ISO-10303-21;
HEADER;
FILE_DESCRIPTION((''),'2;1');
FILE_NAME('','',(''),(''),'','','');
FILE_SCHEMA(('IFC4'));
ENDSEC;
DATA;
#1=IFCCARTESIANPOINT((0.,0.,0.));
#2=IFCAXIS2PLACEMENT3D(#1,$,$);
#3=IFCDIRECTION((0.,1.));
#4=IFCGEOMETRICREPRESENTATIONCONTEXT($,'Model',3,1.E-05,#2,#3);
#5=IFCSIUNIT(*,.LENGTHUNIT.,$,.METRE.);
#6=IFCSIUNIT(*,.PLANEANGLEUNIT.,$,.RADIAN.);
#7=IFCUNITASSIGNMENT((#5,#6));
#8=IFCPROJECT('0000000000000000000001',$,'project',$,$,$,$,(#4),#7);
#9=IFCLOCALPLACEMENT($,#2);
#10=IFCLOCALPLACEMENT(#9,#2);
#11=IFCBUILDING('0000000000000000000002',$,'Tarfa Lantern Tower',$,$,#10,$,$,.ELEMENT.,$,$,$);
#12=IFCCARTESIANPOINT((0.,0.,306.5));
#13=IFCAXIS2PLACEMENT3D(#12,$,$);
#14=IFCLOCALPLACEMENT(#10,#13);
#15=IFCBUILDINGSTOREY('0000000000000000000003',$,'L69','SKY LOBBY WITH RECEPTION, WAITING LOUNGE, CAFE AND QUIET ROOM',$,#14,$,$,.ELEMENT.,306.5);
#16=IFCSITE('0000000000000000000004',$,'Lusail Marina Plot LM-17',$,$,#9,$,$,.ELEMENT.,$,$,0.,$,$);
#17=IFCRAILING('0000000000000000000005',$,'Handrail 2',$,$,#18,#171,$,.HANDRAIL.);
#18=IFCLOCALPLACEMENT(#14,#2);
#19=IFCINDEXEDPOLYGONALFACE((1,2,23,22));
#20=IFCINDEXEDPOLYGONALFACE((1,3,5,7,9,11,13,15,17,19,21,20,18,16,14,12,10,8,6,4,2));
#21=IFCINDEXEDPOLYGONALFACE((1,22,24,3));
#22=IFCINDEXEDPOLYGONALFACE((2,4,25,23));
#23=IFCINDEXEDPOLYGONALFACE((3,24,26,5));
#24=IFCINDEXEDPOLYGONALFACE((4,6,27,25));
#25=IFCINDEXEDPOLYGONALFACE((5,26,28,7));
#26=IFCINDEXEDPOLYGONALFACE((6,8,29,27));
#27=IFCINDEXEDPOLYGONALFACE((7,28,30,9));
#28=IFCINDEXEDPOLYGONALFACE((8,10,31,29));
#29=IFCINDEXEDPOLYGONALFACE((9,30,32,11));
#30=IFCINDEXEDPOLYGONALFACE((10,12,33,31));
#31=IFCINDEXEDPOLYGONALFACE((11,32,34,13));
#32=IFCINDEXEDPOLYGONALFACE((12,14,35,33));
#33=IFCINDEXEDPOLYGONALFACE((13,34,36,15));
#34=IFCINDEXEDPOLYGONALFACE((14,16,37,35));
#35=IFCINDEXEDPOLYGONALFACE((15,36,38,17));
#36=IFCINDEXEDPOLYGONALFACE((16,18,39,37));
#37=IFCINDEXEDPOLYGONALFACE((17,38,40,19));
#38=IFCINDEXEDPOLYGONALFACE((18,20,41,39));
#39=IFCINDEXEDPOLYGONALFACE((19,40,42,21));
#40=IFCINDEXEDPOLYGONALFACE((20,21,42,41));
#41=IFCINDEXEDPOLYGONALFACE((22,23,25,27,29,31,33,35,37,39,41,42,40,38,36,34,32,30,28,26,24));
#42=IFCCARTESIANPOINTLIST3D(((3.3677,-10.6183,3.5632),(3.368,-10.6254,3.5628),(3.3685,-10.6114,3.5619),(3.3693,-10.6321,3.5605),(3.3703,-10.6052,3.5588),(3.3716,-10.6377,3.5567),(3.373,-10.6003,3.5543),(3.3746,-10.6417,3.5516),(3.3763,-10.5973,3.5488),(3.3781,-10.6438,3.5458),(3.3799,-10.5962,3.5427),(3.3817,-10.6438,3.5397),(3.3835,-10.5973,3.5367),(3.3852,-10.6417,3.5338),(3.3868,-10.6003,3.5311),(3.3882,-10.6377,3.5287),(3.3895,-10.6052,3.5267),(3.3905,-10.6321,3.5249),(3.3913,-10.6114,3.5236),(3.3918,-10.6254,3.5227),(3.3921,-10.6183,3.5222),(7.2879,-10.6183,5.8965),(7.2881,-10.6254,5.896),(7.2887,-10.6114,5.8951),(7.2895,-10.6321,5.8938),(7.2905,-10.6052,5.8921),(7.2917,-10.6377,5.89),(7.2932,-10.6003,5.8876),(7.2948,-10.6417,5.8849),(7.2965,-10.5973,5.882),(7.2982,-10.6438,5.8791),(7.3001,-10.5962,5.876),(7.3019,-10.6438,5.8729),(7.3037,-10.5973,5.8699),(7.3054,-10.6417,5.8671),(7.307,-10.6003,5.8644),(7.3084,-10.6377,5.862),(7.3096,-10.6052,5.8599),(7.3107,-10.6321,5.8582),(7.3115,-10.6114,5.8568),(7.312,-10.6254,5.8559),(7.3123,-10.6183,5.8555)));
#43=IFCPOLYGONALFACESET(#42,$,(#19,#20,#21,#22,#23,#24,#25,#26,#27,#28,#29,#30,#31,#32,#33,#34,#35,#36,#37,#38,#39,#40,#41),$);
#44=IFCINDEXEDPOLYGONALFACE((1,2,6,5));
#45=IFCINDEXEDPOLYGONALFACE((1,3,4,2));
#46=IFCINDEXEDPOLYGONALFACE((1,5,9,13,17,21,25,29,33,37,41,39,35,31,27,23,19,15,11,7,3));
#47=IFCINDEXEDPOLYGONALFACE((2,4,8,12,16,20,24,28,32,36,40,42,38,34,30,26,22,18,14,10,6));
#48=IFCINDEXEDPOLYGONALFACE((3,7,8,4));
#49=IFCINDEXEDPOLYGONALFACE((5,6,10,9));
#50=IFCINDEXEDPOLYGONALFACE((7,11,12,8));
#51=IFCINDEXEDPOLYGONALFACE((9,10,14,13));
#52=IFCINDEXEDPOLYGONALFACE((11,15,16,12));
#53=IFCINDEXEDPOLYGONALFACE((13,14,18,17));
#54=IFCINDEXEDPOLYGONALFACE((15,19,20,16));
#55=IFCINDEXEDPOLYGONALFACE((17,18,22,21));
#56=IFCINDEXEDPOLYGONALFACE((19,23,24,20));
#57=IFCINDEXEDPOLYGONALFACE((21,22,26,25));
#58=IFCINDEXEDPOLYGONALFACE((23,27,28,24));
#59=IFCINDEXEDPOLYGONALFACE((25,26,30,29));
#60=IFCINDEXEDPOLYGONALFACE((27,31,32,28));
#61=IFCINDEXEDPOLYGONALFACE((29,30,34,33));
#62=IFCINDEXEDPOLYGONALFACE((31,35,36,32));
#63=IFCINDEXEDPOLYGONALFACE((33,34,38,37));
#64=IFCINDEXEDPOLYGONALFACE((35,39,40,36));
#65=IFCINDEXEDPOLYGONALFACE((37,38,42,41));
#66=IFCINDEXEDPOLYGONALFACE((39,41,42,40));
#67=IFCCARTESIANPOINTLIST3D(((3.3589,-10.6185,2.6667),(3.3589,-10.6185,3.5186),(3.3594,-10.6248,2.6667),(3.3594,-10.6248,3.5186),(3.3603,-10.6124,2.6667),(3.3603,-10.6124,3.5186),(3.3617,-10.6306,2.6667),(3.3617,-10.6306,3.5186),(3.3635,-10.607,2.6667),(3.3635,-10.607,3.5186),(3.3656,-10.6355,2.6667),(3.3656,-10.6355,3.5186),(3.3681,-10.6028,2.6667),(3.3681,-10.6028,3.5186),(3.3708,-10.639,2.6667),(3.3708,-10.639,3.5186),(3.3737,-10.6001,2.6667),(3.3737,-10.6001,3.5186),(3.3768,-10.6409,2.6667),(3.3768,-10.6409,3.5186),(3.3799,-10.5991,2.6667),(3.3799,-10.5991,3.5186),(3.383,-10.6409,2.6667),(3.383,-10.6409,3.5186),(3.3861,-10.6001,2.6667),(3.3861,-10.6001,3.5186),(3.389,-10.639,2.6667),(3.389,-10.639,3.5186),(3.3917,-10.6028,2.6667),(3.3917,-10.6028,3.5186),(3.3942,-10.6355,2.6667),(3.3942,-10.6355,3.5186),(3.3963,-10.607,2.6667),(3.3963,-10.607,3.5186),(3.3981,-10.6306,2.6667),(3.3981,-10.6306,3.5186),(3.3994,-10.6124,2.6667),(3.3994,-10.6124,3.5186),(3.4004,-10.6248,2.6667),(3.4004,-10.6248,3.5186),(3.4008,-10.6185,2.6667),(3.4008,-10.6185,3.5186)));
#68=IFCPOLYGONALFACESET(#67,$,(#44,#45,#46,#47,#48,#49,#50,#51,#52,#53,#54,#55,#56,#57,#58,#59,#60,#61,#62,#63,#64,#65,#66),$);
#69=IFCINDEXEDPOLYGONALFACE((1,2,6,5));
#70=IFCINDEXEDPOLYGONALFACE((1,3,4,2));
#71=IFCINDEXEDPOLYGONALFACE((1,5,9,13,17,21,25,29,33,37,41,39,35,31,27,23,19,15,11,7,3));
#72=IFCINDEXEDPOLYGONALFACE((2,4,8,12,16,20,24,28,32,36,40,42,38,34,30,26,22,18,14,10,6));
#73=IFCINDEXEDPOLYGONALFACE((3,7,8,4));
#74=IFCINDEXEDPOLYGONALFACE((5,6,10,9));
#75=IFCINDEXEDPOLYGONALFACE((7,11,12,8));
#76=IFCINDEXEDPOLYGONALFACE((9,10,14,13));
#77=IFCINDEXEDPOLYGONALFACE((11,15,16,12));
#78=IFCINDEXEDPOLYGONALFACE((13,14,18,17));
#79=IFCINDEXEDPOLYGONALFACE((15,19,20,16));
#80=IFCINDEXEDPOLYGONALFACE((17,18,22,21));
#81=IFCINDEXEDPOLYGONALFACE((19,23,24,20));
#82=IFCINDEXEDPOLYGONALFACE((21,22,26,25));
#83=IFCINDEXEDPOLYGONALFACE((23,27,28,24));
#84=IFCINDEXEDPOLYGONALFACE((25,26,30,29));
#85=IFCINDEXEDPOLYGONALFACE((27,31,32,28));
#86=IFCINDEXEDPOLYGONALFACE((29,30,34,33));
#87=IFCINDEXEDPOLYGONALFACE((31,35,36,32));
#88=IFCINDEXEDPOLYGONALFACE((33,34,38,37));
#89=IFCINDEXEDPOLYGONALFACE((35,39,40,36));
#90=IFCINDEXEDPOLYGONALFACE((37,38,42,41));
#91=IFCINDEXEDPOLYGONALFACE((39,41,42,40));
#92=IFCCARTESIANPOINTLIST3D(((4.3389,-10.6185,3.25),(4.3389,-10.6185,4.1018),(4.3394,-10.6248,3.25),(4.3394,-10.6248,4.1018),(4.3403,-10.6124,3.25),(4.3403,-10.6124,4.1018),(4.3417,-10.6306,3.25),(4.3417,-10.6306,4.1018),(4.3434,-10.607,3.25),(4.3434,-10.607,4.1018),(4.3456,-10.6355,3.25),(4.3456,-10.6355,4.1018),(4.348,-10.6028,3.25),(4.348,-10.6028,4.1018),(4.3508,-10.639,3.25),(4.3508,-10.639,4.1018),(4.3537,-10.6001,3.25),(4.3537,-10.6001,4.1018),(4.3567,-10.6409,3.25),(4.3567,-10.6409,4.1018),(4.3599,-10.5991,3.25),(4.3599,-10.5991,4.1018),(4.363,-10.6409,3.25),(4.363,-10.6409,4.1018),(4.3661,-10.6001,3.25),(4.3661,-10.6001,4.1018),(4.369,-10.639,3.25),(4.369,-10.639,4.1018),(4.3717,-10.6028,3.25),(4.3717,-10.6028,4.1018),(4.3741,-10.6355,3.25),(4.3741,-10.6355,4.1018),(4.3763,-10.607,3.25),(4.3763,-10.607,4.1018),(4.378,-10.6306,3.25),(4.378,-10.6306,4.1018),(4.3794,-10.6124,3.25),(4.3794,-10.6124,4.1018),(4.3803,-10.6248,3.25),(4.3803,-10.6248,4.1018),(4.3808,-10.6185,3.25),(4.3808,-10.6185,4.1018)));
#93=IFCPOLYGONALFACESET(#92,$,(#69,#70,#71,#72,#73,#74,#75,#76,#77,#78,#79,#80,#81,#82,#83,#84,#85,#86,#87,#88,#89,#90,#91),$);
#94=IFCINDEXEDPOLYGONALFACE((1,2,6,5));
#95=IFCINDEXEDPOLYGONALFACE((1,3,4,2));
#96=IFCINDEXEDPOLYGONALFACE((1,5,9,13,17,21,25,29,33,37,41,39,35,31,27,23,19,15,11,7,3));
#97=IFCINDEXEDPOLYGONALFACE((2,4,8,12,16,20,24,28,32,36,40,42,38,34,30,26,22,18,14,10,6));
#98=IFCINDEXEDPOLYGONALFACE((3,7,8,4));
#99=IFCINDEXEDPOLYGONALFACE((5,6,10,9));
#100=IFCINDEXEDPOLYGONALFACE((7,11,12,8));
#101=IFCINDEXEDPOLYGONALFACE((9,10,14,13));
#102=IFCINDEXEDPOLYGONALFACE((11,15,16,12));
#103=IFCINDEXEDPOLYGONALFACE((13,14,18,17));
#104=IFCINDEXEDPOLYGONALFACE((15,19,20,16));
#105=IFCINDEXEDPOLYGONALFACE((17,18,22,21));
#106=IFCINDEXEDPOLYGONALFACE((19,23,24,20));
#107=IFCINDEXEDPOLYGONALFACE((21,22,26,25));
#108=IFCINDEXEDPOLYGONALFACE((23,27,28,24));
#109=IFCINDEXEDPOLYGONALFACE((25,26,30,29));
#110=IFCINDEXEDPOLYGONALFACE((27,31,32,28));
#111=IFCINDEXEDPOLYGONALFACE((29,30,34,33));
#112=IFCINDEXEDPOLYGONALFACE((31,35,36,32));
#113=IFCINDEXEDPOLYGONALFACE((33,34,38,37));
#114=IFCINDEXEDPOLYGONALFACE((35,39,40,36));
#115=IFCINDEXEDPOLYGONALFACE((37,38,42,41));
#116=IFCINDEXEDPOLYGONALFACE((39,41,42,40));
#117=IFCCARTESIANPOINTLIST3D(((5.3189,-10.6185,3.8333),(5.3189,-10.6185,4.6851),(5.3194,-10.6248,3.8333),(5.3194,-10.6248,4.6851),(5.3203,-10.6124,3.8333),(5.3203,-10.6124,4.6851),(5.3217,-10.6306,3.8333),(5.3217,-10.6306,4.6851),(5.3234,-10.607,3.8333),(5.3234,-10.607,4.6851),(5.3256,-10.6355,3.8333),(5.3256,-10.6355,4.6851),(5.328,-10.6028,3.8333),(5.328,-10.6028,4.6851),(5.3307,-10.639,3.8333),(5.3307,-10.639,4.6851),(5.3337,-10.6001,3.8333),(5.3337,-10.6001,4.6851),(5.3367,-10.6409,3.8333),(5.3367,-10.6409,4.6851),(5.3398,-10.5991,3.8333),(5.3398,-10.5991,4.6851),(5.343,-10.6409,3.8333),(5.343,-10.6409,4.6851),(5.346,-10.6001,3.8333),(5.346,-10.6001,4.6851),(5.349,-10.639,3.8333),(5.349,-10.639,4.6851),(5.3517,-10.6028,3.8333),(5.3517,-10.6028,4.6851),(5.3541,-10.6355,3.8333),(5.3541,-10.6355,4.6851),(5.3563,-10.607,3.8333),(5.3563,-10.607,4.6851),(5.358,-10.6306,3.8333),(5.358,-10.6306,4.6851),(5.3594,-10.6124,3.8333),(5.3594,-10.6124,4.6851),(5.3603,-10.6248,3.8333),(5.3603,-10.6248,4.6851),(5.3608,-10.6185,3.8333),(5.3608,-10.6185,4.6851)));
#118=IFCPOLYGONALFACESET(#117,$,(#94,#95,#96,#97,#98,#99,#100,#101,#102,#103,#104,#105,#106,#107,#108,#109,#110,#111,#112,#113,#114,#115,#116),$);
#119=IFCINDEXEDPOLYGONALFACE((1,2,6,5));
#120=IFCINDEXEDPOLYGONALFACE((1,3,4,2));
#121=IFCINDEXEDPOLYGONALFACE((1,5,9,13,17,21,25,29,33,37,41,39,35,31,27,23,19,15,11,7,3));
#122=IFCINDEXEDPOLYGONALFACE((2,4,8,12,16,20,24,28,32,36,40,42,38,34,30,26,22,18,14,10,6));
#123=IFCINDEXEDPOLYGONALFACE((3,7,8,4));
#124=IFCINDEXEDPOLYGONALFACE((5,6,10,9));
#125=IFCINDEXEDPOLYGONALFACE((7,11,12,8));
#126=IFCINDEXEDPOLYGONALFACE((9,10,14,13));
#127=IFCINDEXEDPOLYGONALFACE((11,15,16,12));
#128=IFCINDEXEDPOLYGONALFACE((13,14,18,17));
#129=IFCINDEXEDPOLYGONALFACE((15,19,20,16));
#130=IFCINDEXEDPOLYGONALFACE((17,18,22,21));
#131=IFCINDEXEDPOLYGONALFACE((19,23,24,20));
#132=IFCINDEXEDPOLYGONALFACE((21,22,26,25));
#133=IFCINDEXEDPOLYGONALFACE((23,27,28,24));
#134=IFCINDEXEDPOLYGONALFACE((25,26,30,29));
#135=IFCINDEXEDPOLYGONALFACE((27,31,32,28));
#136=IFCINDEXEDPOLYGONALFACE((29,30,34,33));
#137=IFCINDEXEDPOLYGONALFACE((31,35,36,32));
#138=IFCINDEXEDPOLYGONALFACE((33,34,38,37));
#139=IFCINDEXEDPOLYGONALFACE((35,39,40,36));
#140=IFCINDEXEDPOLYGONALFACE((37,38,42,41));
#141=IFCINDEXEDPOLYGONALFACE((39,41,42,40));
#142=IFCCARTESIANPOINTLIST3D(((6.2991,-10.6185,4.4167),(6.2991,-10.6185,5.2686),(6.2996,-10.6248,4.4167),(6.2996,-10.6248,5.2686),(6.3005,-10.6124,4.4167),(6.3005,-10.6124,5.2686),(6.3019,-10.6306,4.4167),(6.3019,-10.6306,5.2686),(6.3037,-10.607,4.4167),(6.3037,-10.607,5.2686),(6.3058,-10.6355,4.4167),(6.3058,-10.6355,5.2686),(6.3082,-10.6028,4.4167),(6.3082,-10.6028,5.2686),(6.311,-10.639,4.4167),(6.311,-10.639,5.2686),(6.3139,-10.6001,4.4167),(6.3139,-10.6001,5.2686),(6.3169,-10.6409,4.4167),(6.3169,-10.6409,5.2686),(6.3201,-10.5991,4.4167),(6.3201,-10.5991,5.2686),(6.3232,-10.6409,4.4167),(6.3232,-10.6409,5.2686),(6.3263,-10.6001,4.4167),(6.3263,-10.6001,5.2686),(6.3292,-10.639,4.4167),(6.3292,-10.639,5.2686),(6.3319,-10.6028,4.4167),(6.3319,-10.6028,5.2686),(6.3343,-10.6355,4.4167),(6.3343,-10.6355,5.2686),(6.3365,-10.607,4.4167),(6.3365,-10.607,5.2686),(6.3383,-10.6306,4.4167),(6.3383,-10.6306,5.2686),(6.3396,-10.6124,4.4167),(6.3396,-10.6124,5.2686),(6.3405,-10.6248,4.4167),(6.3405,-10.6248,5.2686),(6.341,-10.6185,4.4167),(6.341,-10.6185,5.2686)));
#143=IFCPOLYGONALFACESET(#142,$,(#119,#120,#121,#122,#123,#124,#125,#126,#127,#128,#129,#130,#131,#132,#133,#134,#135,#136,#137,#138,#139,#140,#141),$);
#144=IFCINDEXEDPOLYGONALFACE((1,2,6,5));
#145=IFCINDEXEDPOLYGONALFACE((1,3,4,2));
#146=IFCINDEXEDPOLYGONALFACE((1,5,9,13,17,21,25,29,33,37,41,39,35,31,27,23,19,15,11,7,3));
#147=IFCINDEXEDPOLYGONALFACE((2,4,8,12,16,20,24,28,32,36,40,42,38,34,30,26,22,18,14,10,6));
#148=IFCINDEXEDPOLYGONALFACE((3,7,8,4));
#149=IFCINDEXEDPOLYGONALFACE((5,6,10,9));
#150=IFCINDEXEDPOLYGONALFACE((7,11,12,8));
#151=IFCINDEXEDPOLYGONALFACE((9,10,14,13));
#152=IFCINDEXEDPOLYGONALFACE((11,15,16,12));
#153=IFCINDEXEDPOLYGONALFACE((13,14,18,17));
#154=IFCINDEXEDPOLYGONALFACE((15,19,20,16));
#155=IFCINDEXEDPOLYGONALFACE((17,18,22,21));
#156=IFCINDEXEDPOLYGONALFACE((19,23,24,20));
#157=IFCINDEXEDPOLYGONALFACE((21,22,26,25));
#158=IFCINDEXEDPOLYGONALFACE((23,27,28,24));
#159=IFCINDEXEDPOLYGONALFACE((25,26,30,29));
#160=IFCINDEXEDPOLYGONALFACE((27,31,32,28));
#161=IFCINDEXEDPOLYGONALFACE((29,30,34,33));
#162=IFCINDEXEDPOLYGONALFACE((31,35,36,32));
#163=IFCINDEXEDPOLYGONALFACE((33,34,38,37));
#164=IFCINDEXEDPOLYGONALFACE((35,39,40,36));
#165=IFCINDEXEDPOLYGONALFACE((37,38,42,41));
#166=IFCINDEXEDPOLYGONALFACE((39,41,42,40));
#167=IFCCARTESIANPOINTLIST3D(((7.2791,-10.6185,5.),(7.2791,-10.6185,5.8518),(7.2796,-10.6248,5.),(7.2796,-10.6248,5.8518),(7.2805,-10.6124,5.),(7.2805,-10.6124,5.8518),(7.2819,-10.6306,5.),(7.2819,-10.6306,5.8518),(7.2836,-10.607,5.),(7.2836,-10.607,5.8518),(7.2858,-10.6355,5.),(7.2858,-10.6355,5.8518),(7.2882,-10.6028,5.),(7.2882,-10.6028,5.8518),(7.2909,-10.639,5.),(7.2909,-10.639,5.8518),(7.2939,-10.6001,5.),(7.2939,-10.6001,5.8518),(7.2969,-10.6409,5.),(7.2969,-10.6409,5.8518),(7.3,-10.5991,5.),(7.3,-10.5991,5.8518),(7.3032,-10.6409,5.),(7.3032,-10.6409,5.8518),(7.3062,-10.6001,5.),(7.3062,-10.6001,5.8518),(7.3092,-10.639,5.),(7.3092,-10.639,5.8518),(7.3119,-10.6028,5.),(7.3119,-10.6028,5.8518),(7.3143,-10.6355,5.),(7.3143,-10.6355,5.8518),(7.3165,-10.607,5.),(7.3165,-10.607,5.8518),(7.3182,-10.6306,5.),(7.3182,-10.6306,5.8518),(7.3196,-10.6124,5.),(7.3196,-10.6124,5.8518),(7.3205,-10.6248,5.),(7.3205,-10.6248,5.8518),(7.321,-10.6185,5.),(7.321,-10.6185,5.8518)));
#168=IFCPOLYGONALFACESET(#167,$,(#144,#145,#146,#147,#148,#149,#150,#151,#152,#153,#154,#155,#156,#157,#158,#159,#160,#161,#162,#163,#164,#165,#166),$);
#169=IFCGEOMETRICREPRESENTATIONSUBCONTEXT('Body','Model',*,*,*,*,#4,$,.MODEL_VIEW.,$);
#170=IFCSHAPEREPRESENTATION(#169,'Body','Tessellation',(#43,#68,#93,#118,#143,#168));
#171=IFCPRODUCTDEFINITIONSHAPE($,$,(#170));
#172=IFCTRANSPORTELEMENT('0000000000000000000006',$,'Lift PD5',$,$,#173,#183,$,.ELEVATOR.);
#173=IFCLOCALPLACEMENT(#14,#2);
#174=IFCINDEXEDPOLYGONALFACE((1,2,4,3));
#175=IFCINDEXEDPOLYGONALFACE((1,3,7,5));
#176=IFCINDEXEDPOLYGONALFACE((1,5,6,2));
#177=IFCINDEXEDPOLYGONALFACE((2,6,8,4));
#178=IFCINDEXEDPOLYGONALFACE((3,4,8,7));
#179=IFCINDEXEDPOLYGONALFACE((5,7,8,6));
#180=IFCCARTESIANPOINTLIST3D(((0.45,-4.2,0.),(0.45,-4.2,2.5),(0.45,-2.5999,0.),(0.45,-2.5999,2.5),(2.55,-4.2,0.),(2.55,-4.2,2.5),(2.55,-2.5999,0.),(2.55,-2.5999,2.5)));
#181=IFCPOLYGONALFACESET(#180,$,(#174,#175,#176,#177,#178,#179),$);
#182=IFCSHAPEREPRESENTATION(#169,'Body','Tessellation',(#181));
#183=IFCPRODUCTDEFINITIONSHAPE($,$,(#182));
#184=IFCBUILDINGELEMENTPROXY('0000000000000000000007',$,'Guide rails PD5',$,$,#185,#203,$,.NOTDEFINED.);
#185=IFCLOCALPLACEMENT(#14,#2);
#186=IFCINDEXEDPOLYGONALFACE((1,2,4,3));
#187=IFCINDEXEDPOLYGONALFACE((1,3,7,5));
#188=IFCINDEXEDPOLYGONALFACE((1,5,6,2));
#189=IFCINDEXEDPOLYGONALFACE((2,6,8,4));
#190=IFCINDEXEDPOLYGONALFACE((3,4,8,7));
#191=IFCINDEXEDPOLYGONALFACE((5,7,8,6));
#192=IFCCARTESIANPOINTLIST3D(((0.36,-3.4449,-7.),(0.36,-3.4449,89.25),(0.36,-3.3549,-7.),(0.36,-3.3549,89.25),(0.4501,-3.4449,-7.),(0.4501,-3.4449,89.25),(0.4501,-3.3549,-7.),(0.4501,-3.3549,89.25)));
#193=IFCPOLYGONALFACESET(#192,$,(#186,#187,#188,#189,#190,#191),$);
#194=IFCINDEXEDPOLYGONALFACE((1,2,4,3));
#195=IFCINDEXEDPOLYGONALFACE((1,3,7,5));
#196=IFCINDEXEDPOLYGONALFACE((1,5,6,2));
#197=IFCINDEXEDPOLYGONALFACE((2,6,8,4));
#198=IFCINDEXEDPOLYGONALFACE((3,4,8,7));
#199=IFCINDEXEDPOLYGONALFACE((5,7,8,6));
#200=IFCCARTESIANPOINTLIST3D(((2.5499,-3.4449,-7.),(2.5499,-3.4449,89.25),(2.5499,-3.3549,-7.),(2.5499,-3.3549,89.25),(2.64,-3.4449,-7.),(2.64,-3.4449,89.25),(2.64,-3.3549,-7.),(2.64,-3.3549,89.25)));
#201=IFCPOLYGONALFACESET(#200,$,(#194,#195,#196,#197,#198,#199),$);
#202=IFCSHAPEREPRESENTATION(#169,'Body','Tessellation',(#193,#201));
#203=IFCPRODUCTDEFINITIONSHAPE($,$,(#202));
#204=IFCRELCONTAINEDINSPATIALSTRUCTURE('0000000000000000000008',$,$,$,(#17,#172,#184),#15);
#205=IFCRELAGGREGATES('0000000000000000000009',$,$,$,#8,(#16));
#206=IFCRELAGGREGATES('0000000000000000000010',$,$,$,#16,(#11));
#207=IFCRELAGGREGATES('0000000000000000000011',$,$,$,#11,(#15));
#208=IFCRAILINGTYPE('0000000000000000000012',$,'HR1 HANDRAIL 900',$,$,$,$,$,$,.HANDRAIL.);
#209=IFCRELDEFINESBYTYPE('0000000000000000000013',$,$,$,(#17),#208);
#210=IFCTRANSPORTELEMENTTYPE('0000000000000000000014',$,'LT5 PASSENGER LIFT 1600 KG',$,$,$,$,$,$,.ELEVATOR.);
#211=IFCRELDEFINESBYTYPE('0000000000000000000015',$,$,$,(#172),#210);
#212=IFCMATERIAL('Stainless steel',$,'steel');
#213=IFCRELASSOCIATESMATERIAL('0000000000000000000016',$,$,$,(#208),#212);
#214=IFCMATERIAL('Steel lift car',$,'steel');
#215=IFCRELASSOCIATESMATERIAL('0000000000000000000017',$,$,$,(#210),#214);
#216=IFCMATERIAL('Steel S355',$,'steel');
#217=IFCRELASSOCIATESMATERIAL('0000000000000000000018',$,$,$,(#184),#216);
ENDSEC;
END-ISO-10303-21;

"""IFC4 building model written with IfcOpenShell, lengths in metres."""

from ifc_helpers import new_model, si_unit, direction, frame, frame_2d, origin, origin_2d, place, context, subcontext, project, spatial, rectangle, circle, extrude, material, type_object, element, save


model = new_model("IFC4")

# Units and contexts
model_context = context("Model", 3, precision=1e-05, world=origin(), true_north=direction((0.0, 1.0)))
body_context = subcontext(model_context, "Body", "Model", "MODEL_VIEW")
ifc_project = project(units=[si_unit("LENGTHUNIT", "METRE"), si_unit("PLANEANGLEUNIT", "RADIAN")], contexts=[model_context])

# Site, building, storey
site_placement = place(None, origin())
site = spatial("IfcSite", under=ifc_project, at=site_placement, Name="Lusail Marina Plot LM-17", CompositionType="ELEMENT", RefElevation=0.0)
building_placement = place(site_placement, origin())
building = spatial("IfcBuilding", under=site, at=building_placement, Name="Tarfa Lantern Tower", CompositionType="ELEMENT")
storey_placement = place(building_placement, frame((0.0, 0.0, 306.5)))
storey = spatial("IfcBuildingStorey", under=building, at=storey_placement, Name="L69", Description="SKY LOBBY WITH RECEPTION, WAITING LOUNGE, CAFE AND QUIET ROOM", CompositionType="ELEMENT", Elevation=306.5)

# Railing
ifc_material_1 = material(Name="Stainless steel", Category="steel")
railing_type = type_object("IfcRailingType", Name="HR1 HANDRAIL 900", PredefinedType="HANDRAIL", material=ifc_material_1)
railing_1_placement = place(storey_placement, frame((3.3799, -10.6201, 2.6667)))
element("IfcRailing", 1, at=railing_1_placement, inside=storey, type_object=railing_type, Name="Handrail 2", PredefinedType="HANDRAIL", context=body_context, shape_type="SweptSolid", body=[
    extrude(circle(Radius=0.0239, at=origin_2d()), frame((0.0, 0.0, 0.876), z_axis=(0.85931, 0.0, 0.511455), x_axis=(0.0, 1.0, 0.0)), (0.0, 0.0, 1.0), 4.562),
    extrude(circle(Radius=0.021, at=origin_2d()), frame((0.0, 0.0, 0.0), z_axis=(0.0, 0.0, 1.0), x_axis=(0.0, 1.0, 0.0)), (0.0, 0.0, 1.0), 0.8518),
    extrude(circle(Radius=0.021, at=origin_2d()), frame((0.98, 0.0, 0.5833), z_axis=(0.0, 0.0, 1.0), x_axis=(0.0, 1.0, 0.0)), (0.0, 0.0, 1.0), 0.8518),
    extrude(circle(Radius=0.021, at=origin_2d()), frame((1.96, 0.0, 1.1665), z_axis=(0.0, 0.0, 1.0), x_axis=(0.0, 1.0, 0.0)), (0.0, 0.0, 1.0), 0.8518),
    extrude(circle(Radius=0.021, at=origin_2d()), frame((2.9402, 0.0, 1.75), z_axis=(0.0, 0.0, 1.0), x_axis=(0.0, 1.0, 0.0)), (0.0, 0.0, 1.0), 0.8518),
    extrude(circle(Radius=0.021, at=origin_2d()), frame((3.9202, 0.0, 2.3333), z_axis=(0.0, 0.0, 1.0), x_axis=(0.0, 1.0, 0.0)), (0.0, 0.0, 1.0), 0.8518),
])

# Transport element
ifc_material_2 = material(Name="Steel lift car", Category="steel")
transport_element_type = type_object("IfcTransportElementType", Name="LT5 PASSENGER LIFT 1600 KG", PredefinedType="ELEVATOR", material=ifc_material_2)
transport_element_placement = place(storey_placement, frame((1.5, -3.3999, 0.0), z_axis=(0.0, 0.0, 1.0), x_axis=(1.0, 0.0, 0.0)))
element("IfcTransportElement", 2, at=transport_element_placement, inside=storey, type_object=transport_element_type, Name="Lift PD5", PredefinedType="ELEVATOR", context=body_context, shape_type="SweptSolid", body=[
    extrude(rectangle(XDim=2.1001, YDim=1.6001, at=origin_2d()), origin(), (0.0, 0.0, 1.0), 2.5),
])

# Building element proxy
ifc_material_3 = material(Name="Steel S355", Category="steel")
proxy_placement = place(storey_placement, frame((0.405, -3.3999, -7.0), z_axis=(0.0, 0.0, 1.0), x_axis=(1.0, 0.0, 0.0)))
element("IfcBuildingElementProxy", 3, at=proxy_placement, inside=storey, material=ifc_material_3, Name="Guide rails PD5", PredefinedType="NOTDEFINED", context=body_context, shape_type="SweptSolid", body=[
    extrude(rectangle(XDim=0.0901, YDim=0.0901, at=origin_2d()), origin(), (0.0, 0.0, 1.0), 96.25),
    extrude(rectangle(XDim=0.0901, YDim=0.0901, at=frame_2d((2.1899, 0.0))), origin(), (0.0, 0.0, 1.0), 96.25),
])

save(model, "model.ifc")
